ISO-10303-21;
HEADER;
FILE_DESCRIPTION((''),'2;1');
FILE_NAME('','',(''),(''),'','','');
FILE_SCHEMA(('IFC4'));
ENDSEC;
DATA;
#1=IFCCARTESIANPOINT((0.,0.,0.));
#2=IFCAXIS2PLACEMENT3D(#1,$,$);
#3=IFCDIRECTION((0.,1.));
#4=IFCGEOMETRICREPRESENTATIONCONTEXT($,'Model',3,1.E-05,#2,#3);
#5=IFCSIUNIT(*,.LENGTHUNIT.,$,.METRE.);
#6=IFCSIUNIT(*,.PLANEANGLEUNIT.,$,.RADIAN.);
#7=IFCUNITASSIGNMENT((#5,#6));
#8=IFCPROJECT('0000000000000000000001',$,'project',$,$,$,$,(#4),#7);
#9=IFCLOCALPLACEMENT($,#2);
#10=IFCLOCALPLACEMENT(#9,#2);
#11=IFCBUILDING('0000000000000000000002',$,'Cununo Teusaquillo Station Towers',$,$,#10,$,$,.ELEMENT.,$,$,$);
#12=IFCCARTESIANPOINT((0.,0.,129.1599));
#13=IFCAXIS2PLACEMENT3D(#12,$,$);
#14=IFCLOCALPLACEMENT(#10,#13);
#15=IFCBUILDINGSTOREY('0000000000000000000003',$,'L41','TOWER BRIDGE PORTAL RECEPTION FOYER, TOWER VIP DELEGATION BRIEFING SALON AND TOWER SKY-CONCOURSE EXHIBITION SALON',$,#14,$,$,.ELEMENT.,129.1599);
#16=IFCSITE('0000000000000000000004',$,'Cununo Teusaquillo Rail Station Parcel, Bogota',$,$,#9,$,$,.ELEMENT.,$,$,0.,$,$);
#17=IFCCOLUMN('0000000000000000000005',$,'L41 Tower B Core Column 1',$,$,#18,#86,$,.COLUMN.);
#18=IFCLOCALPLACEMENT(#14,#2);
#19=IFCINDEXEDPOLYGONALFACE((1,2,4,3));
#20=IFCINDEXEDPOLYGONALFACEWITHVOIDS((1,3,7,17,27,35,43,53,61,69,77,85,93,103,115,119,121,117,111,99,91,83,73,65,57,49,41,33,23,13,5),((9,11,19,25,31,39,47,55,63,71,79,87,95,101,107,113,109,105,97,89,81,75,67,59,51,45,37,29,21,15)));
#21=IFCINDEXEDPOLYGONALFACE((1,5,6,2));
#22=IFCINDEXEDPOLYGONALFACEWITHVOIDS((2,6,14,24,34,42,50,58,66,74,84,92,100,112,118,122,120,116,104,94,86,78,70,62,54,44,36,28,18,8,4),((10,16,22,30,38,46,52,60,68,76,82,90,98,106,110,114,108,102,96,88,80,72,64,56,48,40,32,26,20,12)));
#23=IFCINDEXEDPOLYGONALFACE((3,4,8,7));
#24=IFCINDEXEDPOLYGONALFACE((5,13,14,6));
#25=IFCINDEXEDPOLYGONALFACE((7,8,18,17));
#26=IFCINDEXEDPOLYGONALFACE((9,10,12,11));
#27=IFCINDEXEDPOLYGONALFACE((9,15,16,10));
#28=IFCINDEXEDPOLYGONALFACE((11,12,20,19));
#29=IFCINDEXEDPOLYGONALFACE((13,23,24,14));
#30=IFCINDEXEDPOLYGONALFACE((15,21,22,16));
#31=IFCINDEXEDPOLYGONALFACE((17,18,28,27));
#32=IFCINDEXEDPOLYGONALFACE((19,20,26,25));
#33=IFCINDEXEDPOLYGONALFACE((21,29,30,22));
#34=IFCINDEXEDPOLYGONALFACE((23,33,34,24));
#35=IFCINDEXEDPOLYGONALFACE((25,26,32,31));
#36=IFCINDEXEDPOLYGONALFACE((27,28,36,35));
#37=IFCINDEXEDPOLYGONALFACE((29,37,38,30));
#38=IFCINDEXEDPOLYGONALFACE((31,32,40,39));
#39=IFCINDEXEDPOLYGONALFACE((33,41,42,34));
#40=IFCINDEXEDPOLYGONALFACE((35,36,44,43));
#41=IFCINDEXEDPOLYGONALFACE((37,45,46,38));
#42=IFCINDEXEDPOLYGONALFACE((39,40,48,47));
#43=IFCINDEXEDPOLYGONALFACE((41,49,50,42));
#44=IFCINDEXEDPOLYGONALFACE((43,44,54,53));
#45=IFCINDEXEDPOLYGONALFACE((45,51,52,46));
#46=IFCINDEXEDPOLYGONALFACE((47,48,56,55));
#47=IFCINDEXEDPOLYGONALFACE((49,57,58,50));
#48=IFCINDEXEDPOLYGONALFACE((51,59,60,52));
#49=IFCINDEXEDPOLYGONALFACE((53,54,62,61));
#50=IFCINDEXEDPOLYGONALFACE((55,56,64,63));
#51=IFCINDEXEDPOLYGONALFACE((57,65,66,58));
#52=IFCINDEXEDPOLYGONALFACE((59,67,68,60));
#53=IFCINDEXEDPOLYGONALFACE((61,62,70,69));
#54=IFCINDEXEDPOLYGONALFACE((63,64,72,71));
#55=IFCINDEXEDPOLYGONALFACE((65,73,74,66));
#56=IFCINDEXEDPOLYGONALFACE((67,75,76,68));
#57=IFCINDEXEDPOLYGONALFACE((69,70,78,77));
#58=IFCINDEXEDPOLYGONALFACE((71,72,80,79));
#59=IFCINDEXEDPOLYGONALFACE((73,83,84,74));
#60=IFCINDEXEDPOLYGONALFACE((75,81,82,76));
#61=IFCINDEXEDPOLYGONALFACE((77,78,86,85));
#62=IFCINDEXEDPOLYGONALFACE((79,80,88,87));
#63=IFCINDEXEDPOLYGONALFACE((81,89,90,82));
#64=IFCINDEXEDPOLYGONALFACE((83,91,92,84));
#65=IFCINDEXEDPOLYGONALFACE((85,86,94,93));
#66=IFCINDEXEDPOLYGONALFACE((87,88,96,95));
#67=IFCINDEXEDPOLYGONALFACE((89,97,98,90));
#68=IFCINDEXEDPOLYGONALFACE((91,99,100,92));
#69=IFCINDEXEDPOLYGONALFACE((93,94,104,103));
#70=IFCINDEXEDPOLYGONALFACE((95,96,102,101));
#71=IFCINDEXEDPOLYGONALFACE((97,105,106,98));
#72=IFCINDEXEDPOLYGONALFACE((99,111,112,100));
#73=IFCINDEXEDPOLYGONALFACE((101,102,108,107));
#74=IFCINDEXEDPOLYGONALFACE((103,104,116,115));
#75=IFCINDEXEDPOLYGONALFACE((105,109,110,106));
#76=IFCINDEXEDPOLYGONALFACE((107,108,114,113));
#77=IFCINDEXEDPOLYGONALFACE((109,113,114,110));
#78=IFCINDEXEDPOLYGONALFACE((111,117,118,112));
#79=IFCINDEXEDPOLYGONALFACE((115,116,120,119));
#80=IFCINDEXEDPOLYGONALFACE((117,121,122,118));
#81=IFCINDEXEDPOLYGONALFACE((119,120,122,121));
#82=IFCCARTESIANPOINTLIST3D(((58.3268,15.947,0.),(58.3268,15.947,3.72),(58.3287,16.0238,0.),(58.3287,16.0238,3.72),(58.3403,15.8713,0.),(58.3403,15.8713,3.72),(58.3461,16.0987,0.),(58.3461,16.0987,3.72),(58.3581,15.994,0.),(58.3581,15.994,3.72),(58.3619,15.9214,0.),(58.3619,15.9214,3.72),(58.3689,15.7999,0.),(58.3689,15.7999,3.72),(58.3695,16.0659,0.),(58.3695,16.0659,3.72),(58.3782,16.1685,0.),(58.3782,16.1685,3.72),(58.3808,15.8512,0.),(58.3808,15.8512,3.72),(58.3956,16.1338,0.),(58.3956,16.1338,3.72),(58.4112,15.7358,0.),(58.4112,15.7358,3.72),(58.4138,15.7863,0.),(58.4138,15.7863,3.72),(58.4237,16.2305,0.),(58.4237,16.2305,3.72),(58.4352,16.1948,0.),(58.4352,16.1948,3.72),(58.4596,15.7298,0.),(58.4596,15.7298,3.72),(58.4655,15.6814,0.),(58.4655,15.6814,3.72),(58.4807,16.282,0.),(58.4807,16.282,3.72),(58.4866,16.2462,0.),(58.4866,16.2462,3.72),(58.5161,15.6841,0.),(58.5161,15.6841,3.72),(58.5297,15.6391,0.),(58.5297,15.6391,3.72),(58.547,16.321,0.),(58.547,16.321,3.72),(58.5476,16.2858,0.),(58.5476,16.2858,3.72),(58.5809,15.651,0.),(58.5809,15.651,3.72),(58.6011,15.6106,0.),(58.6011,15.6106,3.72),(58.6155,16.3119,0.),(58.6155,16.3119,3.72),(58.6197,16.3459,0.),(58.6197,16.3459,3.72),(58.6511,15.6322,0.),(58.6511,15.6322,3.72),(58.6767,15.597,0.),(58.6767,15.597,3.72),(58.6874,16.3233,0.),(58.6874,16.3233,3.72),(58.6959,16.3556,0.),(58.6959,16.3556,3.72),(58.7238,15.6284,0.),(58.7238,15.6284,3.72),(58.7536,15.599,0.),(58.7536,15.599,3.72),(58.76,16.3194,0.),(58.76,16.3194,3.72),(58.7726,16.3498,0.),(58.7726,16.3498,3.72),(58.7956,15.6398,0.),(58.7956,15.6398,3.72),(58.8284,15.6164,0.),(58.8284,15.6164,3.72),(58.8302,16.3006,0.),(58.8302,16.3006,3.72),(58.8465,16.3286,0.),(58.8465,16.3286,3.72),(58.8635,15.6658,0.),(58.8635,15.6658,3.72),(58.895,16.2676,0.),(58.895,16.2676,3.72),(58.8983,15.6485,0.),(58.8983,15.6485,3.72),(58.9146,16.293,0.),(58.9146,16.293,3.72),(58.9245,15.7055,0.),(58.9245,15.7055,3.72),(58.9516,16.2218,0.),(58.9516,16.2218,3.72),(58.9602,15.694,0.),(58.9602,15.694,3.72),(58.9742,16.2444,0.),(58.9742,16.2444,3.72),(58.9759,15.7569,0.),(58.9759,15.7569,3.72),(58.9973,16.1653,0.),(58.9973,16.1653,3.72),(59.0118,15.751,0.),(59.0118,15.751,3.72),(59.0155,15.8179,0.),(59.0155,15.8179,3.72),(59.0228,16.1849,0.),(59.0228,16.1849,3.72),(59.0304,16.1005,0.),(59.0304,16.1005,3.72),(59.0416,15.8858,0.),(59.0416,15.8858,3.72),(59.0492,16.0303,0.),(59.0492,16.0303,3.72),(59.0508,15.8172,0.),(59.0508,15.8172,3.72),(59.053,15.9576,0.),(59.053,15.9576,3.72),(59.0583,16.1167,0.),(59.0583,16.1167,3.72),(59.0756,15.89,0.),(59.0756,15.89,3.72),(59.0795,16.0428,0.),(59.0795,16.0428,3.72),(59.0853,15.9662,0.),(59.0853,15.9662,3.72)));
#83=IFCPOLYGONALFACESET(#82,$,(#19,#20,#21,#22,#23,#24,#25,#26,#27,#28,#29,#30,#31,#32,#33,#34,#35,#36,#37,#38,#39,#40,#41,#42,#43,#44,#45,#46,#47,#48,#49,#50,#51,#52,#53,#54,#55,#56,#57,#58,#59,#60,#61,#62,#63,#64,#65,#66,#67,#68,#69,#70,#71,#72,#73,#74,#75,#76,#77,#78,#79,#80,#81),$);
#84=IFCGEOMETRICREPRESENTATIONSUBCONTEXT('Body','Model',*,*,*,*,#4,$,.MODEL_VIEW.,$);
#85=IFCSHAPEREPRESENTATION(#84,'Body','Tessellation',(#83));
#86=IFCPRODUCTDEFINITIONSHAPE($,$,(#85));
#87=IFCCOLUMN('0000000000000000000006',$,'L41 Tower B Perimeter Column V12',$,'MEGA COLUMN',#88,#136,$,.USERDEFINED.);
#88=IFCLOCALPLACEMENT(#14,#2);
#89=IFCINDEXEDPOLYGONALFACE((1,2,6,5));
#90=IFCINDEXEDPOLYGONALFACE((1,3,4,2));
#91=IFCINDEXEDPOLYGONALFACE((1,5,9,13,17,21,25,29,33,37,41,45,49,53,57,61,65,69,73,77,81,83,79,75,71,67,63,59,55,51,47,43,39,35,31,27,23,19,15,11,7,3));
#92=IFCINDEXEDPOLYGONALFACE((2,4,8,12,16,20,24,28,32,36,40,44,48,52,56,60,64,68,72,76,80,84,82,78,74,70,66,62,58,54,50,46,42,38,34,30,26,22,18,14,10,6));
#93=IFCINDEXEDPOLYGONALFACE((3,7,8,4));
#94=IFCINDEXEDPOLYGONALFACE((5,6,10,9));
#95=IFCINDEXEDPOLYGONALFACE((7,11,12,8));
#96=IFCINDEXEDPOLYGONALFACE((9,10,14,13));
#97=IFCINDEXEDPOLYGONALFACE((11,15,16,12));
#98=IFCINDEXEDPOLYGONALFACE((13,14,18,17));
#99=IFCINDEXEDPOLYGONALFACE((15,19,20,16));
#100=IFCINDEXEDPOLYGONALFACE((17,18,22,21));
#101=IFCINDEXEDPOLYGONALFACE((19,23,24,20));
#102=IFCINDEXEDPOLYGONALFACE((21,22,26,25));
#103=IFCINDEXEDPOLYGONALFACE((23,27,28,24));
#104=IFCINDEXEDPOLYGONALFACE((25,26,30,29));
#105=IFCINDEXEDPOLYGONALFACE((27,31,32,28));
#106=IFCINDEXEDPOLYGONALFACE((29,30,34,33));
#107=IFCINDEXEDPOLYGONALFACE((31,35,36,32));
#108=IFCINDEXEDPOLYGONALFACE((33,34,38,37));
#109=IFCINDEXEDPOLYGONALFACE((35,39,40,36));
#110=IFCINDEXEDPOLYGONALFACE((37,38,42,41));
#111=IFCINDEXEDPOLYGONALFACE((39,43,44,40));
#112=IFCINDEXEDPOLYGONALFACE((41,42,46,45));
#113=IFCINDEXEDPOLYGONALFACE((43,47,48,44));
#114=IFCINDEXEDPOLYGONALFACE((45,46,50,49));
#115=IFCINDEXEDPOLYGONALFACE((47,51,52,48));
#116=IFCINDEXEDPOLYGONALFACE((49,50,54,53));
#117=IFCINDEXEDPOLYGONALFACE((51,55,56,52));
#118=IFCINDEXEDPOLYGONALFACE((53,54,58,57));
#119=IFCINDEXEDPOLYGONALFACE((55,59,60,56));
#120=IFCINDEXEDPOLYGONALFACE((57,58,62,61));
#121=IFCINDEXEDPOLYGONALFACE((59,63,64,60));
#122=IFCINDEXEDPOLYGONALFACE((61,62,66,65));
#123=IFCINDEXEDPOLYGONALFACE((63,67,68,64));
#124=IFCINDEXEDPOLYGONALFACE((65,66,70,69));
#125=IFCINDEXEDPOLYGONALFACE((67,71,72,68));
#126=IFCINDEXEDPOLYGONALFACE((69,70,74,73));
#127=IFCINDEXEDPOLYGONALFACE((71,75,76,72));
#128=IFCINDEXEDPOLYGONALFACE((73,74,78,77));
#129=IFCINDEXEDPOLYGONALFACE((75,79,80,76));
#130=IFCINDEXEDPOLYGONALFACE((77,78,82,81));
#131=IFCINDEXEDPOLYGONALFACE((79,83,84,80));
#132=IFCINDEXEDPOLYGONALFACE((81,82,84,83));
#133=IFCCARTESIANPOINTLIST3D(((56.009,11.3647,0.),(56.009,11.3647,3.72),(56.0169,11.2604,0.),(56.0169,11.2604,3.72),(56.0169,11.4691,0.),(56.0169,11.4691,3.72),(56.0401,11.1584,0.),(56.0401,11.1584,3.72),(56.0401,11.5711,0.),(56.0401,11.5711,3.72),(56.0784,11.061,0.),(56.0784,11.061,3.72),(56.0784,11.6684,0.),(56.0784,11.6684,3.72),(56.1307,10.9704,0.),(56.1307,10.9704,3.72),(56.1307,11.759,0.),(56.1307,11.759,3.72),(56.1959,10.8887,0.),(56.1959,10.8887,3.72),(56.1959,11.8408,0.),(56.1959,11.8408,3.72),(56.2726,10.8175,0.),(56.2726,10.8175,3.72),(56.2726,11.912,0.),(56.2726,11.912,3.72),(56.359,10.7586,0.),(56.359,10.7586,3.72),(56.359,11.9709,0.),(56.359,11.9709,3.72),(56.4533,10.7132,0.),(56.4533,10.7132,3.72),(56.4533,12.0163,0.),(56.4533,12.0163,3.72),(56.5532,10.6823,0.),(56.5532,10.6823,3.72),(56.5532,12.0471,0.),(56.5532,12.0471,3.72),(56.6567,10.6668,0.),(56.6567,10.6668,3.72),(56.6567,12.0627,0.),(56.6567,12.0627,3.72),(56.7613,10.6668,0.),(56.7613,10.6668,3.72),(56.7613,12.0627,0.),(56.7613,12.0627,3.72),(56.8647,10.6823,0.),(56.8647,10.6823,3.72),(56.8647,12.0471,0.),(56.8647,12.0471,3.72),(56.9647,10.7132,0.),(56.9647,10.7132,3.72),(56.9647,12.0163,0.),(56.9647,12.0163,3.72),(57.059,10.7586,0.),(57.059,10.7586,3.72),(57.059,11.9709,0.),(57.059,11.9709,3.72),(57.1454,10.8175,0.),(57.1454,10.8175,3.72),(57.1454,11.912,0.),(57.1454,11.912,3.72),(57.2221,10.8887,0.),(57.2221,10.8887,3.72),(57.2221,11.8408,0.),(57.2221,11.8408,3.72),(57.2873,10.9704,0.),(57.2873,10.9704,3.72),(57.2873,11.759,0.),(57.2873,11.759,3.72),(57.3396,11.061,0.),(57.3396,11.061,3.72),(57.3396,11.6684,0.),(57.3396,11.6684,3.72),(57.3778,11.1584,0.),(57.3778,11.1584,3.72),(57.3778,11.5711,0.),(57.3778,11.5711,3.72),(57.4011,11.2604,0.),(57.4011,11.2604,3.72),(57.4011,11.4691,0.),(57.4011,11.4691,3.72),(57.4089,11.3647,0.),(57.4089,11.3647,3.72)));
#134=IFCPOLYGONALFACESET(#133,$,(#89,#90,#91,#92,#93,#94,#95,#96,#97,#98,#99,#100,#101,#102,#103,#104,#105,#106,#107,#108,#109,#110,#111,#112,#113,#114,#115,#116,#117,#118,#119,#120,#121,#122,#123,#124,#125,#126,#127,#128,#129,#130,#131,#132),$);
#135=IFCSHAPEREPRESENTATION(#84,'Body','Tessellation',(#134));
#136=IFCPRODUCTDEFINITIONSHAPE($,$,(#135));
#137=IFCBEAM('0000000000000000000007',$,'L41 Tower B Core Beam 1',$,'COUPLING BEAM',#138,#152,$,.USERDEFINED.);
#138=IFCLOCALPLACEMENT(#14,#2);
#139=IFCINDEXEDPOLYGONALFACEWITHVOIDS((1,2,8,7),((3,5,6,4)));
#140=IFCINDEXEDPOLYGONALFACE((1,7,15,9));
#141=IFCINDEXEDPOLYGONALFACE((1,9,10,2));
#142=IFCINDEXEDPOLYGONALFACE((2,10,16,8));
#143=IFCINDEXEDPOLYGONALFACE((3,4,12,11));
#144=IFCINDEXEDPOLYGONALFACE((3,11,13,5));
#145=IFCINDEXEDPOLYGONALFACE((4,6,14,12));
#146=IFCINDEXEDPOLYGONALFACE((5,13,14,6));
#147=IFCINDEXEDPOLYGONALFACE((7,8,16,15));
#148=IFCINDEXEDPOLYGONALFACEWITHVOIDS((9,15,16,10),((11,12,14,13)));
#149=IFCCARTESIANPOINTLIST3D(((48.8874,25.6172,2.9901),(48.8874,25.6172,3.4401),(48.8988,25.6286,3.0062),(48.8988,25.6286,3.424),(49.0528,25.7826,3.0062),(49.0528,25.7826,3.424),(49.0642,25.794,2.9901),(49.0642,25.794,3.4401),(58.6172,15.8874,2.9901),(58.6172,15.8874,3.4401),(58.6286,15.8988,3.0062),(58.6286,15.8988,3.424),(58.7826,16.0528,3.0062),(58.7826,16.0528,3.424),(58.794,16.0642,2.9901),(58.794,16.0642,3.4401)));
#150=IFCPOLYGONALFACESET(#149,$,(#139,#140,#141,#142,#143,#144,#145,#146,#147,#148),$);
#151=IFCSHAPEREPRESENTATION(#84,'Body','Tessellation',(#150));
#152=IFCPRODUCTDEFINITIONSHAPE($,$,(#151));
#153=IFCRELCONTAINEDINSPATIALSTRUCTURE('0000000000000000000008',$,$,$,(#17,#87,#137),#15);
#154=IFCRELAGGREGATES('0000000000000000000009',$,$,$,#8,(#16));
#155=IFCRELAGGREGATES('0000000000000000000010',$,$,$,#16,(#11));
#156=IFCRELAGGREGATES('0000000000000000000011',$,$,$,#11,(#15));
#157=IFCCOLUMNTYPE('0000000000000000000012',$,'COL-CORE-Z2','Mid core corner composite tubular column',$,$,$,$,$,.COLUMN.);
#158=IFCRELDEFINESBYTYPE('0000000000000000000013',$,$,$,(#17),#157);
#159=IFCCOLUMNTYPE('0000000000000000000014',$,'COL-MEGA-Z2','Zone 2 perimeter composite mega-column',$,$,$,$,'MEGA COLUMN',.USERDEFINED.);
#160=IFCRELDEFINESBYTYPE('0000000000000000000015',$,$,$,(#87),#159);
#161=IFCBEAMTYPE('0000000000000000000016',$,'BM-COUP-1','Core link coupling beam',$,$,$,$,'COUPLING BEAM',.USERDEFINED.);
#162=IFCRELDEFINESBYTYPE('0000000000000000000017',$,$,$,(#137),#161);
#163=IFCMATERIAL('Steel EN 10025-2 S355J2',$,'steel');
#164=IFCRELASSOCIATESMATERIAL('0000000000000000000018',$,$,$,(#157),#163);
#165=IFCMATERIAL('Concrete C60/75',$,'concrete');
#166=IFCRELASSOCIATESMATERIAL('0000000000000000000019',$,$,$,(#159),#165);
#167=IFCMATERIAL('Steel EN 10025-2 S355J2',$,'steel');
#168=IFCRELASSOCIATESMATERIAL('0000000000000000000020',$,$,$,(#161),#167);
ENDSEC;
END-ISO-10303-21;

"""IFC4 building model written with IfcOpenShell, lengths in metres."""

from ifc_helpers import new_model, si_unit, direction, frame, origin, origin_2d, place, context, subcontext, project, spatial, hollow_rectangle, circle, hollow_circle, extrude, material, material_profile, profile_set, type_object, element, save


model = new_model("IFC4")

# Units and contexts
model_context = context("Model", 3, precision=1e-05, world=origin(), true_north=direction((0.0, 1.0)))
body_context = subcontext(model_context, "Body", "Model", "MODEL_VIEW")
ifc_project = project(units=[si_unit("LENGTHUNIT", "METRE"), si_unit("PLANEANGLEUNIT", "RADIAN")], contexts=[model_context])

# Site, building, storey
site_placement = place(None, origin())
site = spatial("IfcSite", under=ifc_project, at=site_placement, Name="Cununo Teusaquillo Rail Station Parcel, Bogota", CompositionType="ELEMENT", RefElevation=0.0)
building_placement = place(site_placement, origin())
building = spatial("IfcBuilding", under=site, at=building_placement, Name="Cununo Teusaquillo Station Towers", CompositionType="ELEMENT")
storey_placement = place(building_placement, frame((0.0, 0.0, 129.1599)))
storey = spatial("IfcBuildingStorey", under=building, at=storey_placement, Name="L41", Description="TOWER BRIDGE PORTAL RECEPTION FOYER, TOWER VIP DELEGATION BRIEFING SALON AND TOWER SKY-CONCOURSE EXHIBITION SALON", CompositionType="ELEMENT", Elevation=129.1599)

# Columns
ifc_material_1 = material(Name="Steel EN 10025-2 S355J2", Category="steel")
ifc_material_profile_1 = material_profile(ifc_material_1, hollow_circle(Radius=0.3799, WallThickness=0.032, at=origin_2d()), Name="CHS 760x32")
ifc_profile_set_1 = profile_set([ifc_material_profile_1], Name="Steel EN 10025-2 S355J2")
column_type_1 = type_object("IfcColumnType", Name="COL-CORE-Z2", Description="Mid core corner composite tubular column", PredefinedType="COLUMN", material=ifc_profile_set_1)
column_1_placement = place(storey_placement, frame((58.7056, 15.9758, 0.0), z_axis=(0.0, 0.0, 1.0), x_axis=(0.707107, 0.707107, 0.0)))
element("IfcColumn", 1, at=column_1_placement, inside=storey, type_object=column_type_1, Name="L41 Tower B Core Column 1", PredefinedType="COLUMN", context=body_context, shape_type="SweptSolid", body=[
    extrude(hollow_circle(Radius=0.3799, WallThickness=0.032, at=origin_2d()), origin(), (0.0, 0.0, 1.0), 3.72),
])
ifc_material_2 = material(Name="Concrete C60/75", Category="concrete")
ifc_material_profile_2 = material_profile(ifc_material_2, circle(Radius=0.7, at=origin_2d()), Name="RC-CIRC-1400")
ifc_profile_set_2 = profile_set([ifc_material_profile_2], Name="Concrete C60/75")
column_type_2 = type_object("IfcColumnType", Name="COL-MEGA-Z2", Description="Zone 2 perimeter composite mega-column", ElementType="MEGA COLUMN", PredefinedType="USERDEFINED", material=ifc_profile_set_2)
column_2_placement = place(storey_placement, frame((56.709, 11.3647, 0.0), z_axis=(0.0, 0.0, 1.0), x_axis=(1.0, 0.0, 0.0)))
element("IfcColumn", 2, at=column_2_placement, inside=storey, type_object=column_type_2, Name="L41 Tower B Perimeter Column V12", ObjectType="MEGA COLUMN", PredefinedType="USERDEFINED", context=body_context, shape_type="SweptSolid", body=[
    extrude(circle(Radius=0.7, at=origin_2d()), origin(), (0.0, 0.0, 1.0), 3.72),
])

# Beam
ifc_material_3 = material(Name="Steel EN 10025-2 S355J2", Category="steel")
ifc_material_profile_3 = material_profile(ifc_material_3, hollow_rectangle(XDim=0.25, YDim=0.45, WallThickness=0.0161, at=origin_2d()), Name="RHS 450x250x16")
ifc_profile_set_3 = profile_set([ifc_material_profile_3], Name="Steel EN 10025-2 S355J2")
beam_type_1 = type_object("IfcBeamType", Name="BM-COUP-1", Description="Core link coupling beam", ElementType="COUPLING BEAM", PredefinedType="USERDEFINED", material=ifc_profile_set_3)
beam_1_placement = place(storey_placement, frame((58.7056, 15.9758, 3.2151), z_axis=(-0.707107, 0.707107, 0.0), x_axis=(-0.707107, -0.707107, 0.0)))
element("IfcBeam", 3, at=beam_1_placement, inside=storey, type_object=beam_type_1, Name="L41 Tower B Core Beam 1", ObjectType="COUPLING BEAM", PredefinedType="USERDEFINED", context=body_context, shape_type="SweptSolid", body=[
    extrude(hollow_rectangle(XDim=0.25, YDim=0.45, WallThickness=0.0161, at=origin_2d()), origin(), (0.0, 0.0, 1.0), 13.76),
])

save(model, "model.ifc")
